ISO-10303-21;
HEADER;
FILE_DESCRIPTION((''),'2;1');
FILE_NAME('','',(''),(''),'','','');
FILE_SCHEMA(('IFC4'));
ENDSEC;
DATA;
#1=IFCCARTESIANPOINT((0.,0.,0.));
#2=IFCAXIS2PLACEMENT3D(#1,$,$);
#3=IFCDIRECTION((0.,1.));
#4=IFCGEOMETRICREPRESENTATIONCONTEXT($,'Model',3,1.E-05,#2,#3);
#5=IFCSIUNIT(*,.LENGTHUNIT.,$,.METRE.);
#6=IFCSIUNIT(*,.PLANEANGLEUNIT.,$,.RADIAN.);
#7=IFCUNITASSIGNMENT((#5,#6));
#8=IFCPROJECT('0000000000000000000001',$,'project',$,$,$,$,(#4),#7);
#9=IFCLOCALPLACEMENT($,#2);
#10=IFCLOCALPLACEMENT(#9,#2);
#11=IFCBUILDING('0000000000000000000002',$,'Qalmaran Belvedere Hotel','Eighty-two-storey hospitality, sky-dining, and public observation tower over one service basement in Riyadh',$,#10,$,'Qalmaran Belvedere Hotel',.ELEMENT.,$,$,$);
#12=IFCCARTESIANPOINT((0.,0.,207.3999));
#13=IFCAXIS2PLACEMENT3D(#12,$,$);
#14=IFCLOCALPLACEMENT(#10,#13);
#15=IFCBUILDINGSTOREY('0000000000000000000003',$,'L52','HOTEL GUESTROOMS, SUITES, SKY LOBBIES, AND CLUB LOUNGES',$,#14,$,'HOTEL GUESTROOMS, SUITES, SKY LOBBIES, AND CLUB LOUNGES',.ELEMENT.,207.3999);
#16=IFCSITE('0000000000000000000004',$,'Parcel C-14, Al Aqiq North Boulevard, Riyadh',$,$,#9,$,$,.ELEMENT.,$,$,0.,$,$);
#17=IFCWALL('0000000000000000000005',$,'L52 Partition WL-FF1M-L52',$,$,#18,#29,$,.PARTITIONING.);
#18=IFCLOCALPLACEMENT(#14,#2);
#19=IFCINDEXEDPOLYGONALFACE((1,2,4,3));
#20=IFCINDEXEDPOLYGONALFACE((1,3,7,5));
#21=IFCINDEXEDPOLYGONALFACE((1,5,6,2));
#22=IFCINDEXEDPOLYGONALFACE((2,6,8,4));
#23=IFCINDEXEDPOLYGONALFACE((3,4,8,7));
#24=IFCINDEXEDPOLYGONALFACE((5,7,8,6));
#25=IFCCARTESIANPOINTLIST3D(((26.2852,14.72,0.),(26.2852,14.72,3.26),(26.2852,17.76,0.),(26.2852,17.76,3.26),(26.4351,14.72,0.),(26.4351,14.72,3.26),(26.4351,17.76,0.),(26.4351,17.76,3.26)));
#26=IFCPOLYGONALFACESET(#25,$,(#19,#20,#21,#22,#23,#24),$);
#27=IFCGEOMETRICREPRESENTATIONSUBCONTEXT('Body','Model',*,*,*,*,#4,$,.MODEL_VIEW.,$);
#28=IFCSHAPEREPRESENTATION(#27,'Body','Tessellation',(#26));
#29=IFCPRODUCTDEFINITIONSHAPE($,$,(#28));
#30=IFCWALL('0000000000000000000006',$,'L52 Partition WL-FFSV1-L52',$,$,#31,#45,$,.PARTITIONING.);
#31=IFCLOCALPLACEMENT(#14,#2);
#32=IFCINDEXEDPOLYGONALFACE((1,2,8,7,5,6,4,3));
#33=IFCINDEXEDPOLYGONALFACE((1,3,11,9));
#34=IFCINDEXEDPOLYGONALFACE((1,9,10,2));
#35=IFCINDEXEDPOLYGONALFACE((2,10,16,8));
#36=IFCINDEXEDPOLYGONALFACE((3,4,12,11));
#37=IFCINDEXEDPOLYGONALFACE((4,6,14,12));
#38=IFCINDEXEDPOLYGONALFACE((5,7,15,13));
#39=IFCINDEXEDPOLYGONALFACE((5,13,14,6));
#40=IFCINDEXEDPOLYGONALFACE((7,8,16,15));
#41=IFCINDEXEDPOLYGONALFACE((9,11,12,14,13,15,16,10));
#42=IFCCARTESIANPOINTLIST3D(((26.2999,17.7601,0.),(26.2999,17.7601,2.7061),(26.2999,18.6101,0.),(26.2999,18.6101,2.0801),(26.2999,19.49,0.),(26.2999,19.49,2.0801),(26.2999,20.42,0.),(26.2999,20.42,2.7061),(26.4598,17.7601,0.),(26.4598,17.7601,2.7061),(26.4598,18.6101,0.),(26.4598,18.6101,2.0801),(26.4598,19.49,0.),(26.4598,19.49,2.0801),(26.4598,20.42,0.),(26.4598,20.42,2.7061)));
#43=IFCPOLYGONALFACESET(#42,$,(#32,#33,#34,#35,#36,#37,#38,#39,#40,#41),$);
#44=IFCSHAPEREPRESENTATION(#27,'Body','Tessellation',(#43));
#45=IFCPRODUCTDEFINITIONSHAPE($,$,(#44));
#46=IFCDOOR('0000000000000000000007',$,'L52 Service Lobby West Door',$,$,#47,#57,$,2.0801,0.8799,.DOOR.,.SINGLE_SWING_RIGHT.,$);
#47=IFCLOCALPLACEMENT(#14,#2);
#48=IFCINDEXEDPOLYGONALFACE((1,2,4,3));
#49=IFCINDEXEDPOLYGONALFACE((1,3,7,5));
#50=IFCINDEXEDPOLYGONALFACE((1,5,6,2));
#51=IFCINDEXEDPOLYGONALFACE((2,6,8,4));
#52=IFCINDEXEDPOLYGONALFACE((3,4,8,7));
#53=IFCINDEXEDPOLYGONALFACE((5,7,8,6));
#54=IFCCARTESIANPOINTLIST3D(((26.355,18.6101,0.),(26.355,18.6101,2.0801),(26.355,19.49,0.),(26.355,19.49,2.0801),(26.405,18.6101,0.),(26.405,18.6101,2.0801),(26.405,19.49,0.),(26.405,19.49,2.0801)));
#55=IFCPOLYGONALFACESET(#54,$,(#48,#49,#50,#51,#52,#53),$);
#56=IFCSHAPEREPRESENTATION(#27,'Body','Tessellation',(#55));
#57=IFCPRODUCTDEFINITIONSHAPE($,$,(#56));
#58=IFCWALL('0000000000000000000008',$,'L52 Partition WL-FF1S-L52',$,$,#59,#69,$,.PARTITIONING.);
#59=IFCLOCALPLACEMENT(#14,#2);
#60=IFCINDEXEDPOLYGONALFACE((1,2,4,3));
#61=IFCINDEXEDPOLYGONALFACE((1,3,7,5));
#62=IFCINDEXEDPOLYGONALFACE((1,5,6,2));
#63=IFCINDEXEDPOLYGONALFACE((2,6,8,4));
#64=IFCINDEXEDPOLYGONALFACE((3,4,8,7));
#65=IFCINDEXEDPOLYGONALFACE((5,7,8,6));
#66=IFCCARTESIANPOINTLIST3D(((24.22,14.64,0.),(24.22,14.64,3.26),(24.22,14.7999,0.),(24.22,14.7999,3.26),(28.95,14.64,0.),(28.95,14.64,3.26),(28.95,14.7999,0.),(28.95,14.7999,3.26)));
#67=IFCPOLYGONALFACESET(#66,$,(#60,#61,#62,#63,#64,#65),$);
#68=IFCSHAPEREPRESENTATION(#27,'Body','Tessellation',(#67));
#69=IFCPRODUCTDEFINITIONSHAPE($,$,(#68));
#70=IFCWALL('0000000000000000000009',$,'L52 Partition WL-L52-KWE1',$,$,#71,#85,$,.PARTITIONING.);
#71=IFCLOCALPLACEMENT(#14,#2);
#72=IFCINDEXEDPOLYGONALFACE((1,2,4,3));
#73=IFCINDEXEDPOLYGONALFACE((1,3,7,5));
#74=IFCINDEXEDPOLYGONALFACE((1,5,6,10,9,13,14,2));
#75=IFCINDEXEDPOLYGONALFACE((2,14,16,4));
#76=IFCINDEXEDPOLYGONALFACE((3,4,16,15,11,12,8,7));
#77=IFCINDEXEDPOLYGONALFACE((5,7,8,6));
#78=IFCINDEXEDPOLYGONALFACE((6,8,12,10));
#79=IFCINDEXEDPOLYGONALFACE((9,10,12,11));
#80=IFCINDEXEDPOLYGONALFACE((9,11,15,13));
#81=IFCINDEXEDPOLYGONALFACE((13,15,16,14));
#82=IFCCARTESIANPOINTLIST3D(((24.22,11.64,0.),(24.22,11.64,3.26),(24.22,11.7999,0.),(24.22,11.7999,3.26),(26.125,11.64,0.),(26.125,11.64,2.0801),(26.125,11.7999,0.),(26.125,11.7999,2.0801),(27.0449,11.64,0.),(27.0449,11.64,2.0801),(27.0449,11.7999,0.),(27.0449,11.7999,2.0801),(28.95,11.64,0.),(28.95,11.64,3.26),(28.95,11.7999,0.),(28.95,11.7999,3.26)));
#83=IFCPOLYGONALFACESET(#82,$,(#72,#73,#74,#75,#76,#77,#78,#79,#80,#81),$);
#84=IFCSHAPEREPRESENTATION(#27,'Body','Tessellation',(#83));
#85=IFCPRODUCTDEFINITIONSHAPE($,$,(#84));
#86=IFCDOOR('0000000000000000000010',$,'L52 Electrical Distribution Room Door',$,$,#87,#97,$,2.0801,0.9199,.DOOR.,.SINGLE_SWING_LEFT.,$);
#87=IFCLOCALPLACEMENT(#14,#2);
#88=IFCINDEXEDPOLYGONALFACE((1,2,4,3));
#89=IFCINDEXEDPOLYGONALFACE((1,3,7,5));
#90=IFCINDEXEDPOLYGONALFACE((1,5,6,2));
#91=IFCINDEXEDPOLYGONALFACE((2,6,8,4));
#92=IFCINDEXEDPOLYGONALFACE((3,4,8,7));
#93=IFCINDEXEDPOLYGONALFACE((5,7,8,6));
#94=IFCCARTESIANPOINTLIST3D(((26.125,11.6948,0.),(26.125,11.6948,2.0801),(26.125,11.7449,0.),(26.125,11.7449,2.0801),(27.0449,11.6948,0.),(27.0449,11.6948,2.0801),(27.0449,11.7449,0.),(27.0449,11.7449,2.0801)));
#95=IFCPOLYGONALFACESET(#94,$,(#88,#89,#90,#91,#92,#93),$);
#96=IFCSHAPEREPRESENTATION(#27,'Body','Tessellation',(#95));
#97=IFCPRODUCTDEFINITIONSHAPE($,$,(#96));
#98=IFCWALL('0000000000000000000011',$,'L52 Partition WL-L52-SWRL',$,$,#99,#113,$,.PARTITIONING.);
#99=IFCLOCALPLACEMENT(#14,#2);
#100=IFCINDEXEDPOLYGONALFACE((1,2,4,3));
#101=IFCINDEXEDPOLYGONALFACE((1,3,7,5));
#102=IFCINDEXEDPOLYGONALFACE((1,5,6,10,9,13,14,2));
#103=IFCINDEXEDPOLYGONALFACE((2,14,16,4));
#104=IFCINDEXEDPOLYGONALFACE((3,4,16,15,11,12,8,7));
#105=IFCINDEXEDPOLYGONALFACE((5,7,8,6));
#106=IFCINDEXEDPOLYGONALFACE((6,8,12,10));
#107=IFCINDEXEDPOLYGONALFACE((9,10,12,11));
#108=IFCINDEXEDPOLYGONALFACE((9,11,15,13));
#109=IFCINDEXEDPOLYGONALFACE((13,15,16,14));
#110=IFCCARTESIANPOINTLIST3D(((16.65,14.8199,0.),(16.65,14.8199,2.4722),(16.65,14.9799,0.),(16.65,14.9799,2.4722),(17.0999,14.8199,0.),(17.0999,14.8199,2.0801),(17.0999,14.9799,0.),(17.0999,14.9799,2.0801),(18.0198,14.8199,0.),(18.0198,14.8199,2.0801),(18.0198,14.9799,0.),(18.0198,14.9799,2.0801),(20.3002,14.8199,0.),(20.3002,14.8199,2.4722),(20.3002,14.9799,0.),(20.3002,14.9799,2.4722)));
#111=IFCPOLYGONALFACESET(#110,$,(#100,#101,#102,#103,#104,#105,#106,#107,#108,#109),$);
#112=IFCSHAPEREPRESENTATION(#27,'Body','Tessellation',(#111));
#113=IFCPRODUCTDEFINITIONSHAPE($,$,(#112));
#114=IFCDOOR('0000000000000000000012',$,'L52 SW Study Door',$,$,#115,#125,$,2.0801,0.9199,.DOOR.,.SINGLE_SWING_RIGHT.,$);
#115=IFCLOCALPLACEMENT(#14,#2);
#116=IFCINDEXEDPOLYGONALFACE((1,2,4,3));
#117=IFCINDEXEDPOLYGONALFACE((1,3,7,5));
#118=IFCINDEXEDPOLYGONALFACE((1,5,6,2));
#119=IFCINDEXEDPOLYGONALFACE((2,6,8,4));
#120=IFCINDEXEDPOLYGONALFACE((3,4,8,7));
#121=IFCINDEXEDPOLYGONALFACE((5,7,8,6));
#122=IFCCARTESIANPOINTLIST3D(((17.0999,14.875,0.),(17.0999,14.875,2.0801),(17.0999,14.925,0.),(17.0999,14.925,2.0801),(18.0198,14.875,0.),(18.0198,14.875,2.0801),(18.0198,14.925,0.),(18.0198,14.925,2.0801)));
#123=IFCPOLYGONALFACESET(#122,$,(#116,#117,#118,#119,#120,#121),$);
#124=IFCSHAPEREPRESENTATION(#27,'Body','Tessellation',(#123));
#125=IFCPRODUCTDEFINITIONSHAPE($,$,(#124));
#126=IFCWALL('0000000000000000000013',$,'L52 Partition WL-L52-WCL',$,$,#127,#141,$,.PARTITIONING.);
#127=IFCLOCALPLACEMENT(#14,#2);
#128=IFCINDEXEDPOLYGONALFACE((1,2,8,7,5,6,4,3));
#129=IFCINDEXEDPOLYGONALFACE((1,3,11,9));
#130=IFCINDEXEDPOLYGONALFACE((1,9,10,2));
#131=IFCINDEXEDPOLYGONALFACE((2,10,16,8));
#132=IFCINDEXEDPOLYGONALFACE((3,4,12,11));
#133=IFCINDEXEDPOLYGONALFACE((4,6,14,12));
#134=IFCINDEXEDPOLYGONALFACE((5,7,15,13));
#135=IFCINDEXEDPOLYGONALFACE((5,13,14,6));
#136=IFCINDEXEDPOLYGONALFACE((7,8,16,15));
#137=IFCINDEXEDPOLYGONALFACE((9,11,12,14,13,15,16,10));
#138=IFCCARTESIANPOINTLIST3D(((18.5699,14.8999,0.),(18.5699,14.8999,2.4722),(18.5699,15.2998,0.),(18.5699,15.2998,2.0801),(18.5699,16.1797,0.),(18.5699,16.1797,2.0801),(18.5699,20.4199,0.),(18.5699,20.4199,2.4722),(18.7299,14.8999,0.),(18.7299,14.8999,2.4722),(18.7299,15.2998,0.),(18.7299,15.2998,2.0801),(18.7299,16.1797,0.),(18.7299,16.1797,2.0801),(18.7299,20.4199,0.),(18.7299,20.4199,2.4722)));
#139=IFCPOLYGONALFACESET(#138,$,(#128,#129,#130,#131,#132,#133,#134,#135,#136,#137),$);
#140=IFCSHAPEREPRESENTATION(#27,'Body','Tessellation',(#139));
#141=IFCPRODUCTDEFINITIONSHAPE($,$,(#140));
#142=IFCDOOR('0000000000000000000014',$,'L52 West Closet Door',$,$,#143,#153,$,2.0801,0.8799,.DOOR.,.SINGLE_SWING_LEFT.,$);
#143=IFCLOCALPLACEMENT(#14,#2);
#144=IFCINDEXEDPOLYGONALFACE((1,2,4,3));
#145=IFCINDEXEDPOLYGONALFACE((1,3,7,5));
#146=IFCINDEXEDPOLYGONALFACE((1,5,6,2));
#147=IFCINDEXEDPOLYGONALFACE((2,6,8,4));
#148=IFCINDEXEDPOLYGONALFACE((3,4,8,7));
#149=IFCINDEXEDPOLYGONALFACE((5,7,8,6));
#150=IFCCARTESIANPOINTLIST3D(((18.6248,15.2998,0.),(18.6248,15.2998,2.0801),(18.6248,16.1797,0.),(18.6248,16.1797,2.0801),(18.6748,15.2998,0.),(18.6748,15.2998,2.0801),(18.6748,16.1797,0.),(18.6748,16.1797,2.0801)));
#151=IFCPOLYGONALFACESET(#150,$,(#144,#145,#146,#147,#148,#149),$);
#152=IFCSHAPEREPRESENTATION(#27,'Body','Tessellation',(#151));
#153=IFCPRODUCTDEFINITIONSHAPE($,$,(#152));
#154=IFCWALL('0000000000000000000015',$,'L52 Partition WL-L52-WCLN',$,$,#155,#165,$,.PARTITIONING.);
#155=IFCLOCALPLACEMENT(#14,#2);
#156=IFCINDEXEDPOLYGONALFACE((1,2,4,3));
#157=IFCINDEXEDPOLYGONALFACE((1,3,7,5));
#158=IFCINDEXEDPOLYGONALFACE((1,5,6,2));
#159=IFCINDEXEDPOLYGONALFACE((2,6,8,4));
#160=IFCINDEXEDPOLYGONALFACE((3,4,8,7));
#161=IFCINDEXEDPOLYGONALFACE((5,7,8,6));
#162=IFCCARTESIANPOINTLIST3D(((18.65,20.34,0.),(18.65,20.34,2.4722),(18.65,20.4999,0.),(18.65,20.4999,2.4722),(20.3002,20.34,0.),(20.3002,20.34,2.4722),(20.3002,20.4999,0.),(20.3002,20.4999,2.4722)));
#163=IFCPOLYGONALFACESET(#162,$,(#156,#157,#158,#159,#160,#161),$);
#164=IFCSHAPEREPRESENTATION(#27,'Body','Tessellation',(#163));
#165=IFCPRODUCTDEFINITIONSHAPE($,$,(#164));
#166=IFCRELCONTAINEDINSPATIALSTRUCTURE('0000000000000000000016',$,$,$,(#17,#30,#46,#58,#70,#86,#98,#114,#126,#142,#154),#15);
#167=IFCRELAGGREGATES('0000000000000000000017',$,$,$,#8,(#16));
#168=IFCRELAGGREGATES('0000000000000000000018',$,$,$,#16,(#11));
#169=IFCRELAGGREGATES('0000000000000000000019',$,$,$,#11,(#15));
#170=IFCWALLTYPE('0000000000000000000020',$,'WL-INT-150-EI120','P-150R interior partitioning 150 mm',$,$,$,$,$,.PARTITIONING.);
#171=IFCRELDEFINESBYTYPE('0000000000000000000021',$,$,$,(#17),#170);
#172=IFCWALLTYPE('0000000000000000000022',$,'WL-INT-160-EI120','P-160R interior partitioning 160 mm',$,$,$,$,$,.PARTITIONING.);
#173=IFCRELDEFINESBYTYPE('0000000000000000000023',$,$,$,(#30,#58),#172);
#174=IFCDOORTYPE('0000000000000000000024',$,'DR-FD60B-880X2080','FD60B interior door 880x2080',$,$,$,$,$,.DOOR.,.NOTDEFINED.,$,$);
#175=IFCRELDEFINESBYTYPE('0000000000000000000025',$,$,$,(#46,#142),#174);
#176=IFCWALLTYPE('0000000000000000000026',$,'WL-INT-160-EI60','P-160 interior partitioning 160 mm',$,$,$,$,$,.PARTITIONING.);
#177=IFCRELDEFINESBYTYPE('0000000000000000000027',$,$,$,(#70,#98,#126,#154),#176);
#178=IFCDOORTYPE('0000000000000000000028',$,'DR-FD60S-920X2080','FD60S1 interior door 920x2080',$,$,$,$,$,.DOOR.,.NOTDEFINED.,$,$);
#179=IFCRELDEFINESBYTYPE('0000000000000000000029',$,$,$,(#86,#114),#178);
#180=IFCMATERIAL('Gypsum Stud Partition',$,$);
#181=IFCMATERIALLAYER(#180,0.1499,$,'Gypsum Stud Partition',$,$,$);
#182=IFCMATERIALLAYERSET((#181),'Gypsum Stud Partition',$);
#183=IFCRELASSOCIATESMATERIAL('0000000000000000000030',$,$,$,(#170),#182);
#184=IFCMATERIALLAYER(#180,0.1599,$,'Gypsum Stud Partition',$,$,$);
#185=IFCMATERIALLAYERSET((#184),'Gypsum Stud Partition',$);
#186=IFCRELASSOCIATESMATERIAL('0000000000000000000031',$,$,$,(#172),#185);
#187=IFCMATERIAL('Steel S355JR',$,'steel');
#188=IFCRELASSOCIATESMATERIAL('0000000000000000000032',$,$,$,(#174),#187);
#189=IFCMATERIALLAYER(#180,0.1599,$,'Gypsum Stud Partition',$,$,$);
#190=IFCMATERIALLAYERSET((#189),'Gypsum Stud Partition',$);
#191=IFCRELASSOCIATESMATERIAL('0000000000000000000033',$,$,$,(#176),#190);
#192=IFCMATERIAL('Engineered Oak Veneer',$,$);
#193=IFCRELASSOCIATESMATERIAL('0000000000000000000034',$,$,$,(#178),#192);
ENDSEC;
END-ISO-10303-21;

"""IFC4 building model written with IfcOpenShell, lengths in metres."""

from ifc_helpers import new_model, si_unit, direction, frame, frame_2d, origin, place, context, subcontext, project, spatial, rectangle, extrude, material, layer, layer_set, type_object, element, fill, save


model = new_model("IFC4")

# Units and contexts
model_context = context("Model", 3, precision=1e-05, world=origin(), true_north=direction((0.0, 1.0)))
body_context = subcontext(model_context, "Body", "Model", "MODEL_VIEW")
ifc_project = project(units=[si_unit("LENGTHUNIT", "METRE"), si_unit("PLANEANGLEUNIT", "RADIAN")], contexts=[model_context])

# Site, building, storey
site_placement = place(None, origin())
site = spatial("IfcSite", under=ifc_project, at=site_placement, Name="Parcel C-14, Al Aqiq North Boulevard, Riyadh", CompositionType="ELEMENT", RefElevation=0.0)
building_placement = place(site_placement, origin())
building = spatial("IfcBuilding", under=site, at=building_placement, Name="Qalmaran Belvedere Hotel", Description="Eighty-two-storey hospitality, sky-dining, and public observation tower over one service basement in Riyadh", LongName="Qalmaran Belvedere Hotel", CompositionType="ELEMENT")
storey_placement = place(building_placement, frame((0.0, 0.0, 207.3999)))
storey = spatial("IfcBuildingStorey", under=building, at=storey_placement, Name="L52", Description="HOTEL GUESTROOMS, SUITES, SKY LOBBIES, AND CLUB LOUNGES", LongName="HOTEL GUESTROOMS, SUITES, SKY LOBBIES, AND CLUB LOUNGES", CompositionType="ELEMENT", Elevation=207.3999)

# Wall
ifc_material_1 = material(Name="Gypsum Stud Partition")
ifc_layer_1 = layer(ifc_material_1, 0.1499, Name="Gypsum Stud Partition")
ifc_layer_set_1 = layer_set([ifc_layer_1], Name="Gypsum Stud Partition")
wall_type_1 = type_object("IfcWallType", Name="WL-INT-150-EI120", Description="P-150R interior partitioning 150 mm", PredefinedType="PARTITIONING", material=ifc_layer_set_1)
wall_1_placement = place(storey_placement, frame((26.3601, 14.72, 0.0), z_axis=(0.0, 0.0, 1.0), x_axis=(0.0, 1.0, 0.0)))
element("IfcWall", 1, at=wall_1_placement, inside=storey, type_object=wall_type_1, Name="L52 Partition WL-FF1M-L52", PredefinedType="PARTITIONING", context=body_context, shape_type="SweptSolid", body=[
    extrude(rectangle(XDim=3.04, YDim=0.1499, at=frame_2d((1.52, 0.0))), origin(), (0.0, 0.0, 1.0), 3.26),
])

# Wall, opening, door
ifc_layer_2 = layer(ifc_material_1, 0.1599, Name="Gypsum Stud Partition")
ifc_layer_set_2 = layer_set([ifc_layer_2], Name="Gypsum Stud Partition")
wall_type_2 = type_object("IfcWallType", Name="WL-INT-160-EI120", Description="P-160R interior partitioning 160 mm", PredefinedType="PARTITIONING", material=ifc_layer_set_2)
wall_2_placement = place(storey_placement, frame((26.3799, 17.76, 0.0), z_axis=(0.0, 0.0, 1.0), x_axis=(0.0, 1.0, 0.0)))
wall_2 = element("IfcWall", 2, at=wall_2_placement, inside=storey, type_object=wall_type_2, Name="L52 Partition WL-FFSV1-L52", PredefinedType="PARTITIONING", context=body_context, shape_type="SweptSolid", body=[
    extrude(rectangle(XDim=2.6599, YDim=0.1599, at=frame_2d((1.3301, 0.0))), origin(), (0.0, 0.0, 1.0), 2.7061),
])
opening_1_placement = place(wall_2_placement, frame((0.8501, 0.0, 0.0)))
opening_1 = element("IfcOpeningElement", 3, at=opening_1_placement, cuts=wall_2, PredefinedType="OPENING", context=body_context, shape_type="SweptSolid", body=[
    extrude(rectangle(XDim=0.8799, YDim=2.0801, at=frame_2d((0.4399, 1.04))), frame((0.0, 0.0898, 0.0), z_axis=(0.0, -1.0, 0.0), x_axis=(1.0, 0.0, 0.0)), (0.0, 0.0, 1.0), 0.1799),
])
ifc_material_2 = material(Name="Steel S355JR", Category="steel")
door_type_1 = type_object("IfcDoorType", Name="DR-FD60B-880X2080", Description="FD60B interior door 880x2080", OperationType="NOTDEFINED", PredefinedType="DOOR", material=ifc_material_2)
door_1_placement = place(opening_1_placement, origin())
door_1 = element("IfcDoor", 4, at=door_1_placement, inside=storey, type_object=door_type_1, Name="L52 Service Lobby West Door", OperationType="SINGLE_SWING_RIGHT", OverallHeight=2.0801, OverallWidth=0.8799, PredefinedType="DOOR", context=body_context, shape_type="SweptSolid", body=[
    extrude(rectangle(XDim=0.8799, YDim=2.0801, at=frame_2d((0.4399, 1.04))), frame((0.0, 0.0249, 0.0), z_axis=(0.0, -1.0, 0.0), x_axis=(1.0, 0.0, 0.0)), (0.0, 0.0, 1.0), 0.05),
])
fill(opening_1, door_1)

# Wall
wall_3_placement = place(storey_placement, frame((24.22, 14.72, 0.0), z_axis=(0.0, 0.0, 1.0), x_axis=(1.0, 0.0, 0.0)))
element("IfcWall", 5, at=wall_3_placement, inside=storey, type_object=wall_type_2, Name="L52 Partition WL-FF1S-L52", PredefinedType="PARTITIONING", context=body_context, shape_type="SweptSolid", body=[
    extrude(rectangle(XDim=4.73, YDim=0.1599, at=frame_2d((2.365, 0.0))), origin(), (0.0, 0.0, 1.0), 3.26),
])

# Walls, openings, doors
ifc_layer_3 = layer(ifc_material_1, 0.1599, Name="Gypsum Stud Partition")
ifc_layer_set_3 = layer_set([ifc_layer_3], Name="Gypsum Stud Partition")
wall_type_3 = type_object("IfcWallType", Name="WL-INT-160-EI60", Description="P-160 interior partitioning 160 mm", PredefinedType="PARTITIONING", material=ifc_layer_set_3)
wall_4_placement = place(storey_placement, frame((24.22, 11.72, 0.0), z_axis=(0.0, 0.0, 1.0), x_axis=(1.0, 0.0, 0.0)))
wall_4 = element("IfcWall", 6, at=wall_4_placement, inside=storey, type_object=wall_type_3, Name="L52 Partition WL-L52-KWE1", PredefinedType="PARTITIONING", context=body_context, shape_type="SweptSolid", body=[
    extrude(rectangle(XDim=4.73, YDim=0.1599, at=frame_2d((2.365, 0.0))), origin(), (0.0, 0.0, 1.0), 3.26),
])
opening_2_placement = place(wall_4_placement, frame((1.905, 0.0, 0.0)))
opening_2 = element("IfcOpeningElement", 7, at=opening_2_placement, cuts=wall_4, PredefinedType="OPENING", context=body_context, shape_type="SweptSolid", body=[
    extrude(rectangle(XDim=0.9199, YDim=2.0801, at=frame_2d((0.46, 1.04))), frame((0.0, 0.0898, 0.0), z_axis=(0.0, -1.0, 0.0), x_axis=(1.0, 0.0, 0.0)), (0.0, 0.0, 1.0), 0.1799),
])
ifc_material_3 = material(Name="Engineered Oak Veneer")
door_type_2 = type_object("IfcDoorType", Name="DR-FD60S-920X2080", Description="FD60S1 interior door 920x2080", OperationType="NOTDEFINED", PredefinedType="DOOR", material=ifc_material_3)
door_2_placement = place(opening_2_placement, origin())
door_2 = element("IfcDoor", 8, at=door_2_placement, inside=storey, type_object=door_type_2, Name="L52 Electrical Distribution Room Door", OperationType="SINGLE_SWING_LEFT", OverallHeight=2.0801, OverallWidth=0.9199, PredefinedType="DOOR", context=body_context, shape_type="SweptSolid", body=[
    extrude(rectangle(XDim=0.9199, YDim=2.0801, at=frame_2d((0.46, 1.04))), frame((0.0, 0.0249, 0.0), z_axis=(0.0, -1.0, 0.0), x_axis=(1.0, 0.0, 0.0)), (0.0, 0.0, 1.0), 0.05),
])
fill(opening_2, door_2)
wall_5_placement = place(storey_placement, frame((16.6499, 14.8999, 0.0), z_axis=(0.0, 0.0, 1.0), x_axis=(1.0, 0.0, 0.0)))
wall_5 = element("IfcWall", 9, at=wall_5_placement, inside=storey, type_object=wall_type_3, Name="L52 Partition WL-L52-SWRL", PredefinedType="PARTITIONING", context=body_context, shape_type="SweptSolid", body=[
    extrude(rectangle(XDim=3.6501, YDim=0.1599, at=frame_2d((1.8252, 0.0))), origin(), (0.0, 0.0, 1.0), 2.4722),
])
opening_3_placement = place(wall_5_placement, frame((1.3699, 0.0, 0.0), z_axis=(0.0, 0.0, 1.0), x_axis=(-1.0, 0.0, 0.0)))
opening_3 = element("IfcOpeningElement", 10, at=opening_3_placement, cuts=wall_5, PredefinedType="OPENING", context=body_context, shape_type="SweptSolid", body=[
    extrude(rectangle(XDim=0.9199, YDim=2.0801, at=frame_2d((0.46, 1.04))), frame((0.0, 0.0898, 0.0), z_axis=(0.0, -1.0, 0.0), x_axis=(1.0, 0.0, 0.0)), (0.0, 0.0, 1.0), 0.1799),
])
door_3_placement = place(opening_3_placement, origin())
door_3 = element("IfcDoor", 11, at=door_3_placement, inside=storey, type_object=door_type_2, Name="L52 SW Study Door", OperationType="SINGLE_SWING_RIGHT", OverallHeight=2.0801, OverallWidth=0.9199, PredefinedType="DOOR", context=body_context, shape_type="SweptSolid", body=[
    extrude(rectangle(XDim=0.9199, YDim=2.0801, at=frame_2d((0.46, 1.04))), frame((0.0, 0.0249, 0.0), z_axis=(0.0, -1.0, 0.0), x_axis=(1.0, 0.0, 0.0)), (0.0, 0.0, 1.0), 0.05),
])
fill(opening_3, door_3)
wall_6_placement = place(storey_placement, frame((18.6499, 14.8999, 0.0), z_axis=(0.0, 0.0, 1.0), x_axis=(0.0, 1.0, 0.0)))
wall_6 = element("IfcWall", 12, at=wall_6_placement, inside=storey, type_object=wall_type_3, Name="L52 Partition WL-L52-WCL", PredefinedType="PARTITIONING", context=body_context, shape_type="SweptSolid", body=[
    extrude(rectangle(XDim=5.52, YDim=0.1599, at=frame_2d((2.76, 0.0))), origin(), (0.0, 0.0, 1.0), 2.4722),
])
opening_4_placement = place(wall_6_placement, frame((1.2798, 0.0, 0.0), z_axis=(0.0, 0.0, 1.0), x_axis=(-1.0, 0.0, 0.0)))
opening_4 = element("IfcOpeningElement", 13, at=opening_4_placement, cuts=wall_6, PredefinedType="OPENING", context=body_context, shape_type="SweptSolid", body=[
    extrude(rectangle(XDim=0.8799, YDim=2.0801, at=frame_2d((0.4399, 1.04))), frame((0.0, 0.0898, 0.0), z_axis=(0.0, -1.0, 0.0), x_axis=(1.0, 0.0, 0.0)), (0.0, 0.0, 1.0), 0.1799),
])
door_4_placement = place(opening_4_placement, origin())
door_4 = element("IfcDoor", 14, at=door_4_placement, inside=storey, type_object=door_type_1, Name="L52 West Closet Door", OperationType="SINGLE_SWING_LEFT", OverallHeight=2.0801, OverallWidth=0.8799, PredefinedType="DOOR", context=body_context, shape_type="SweptSolid", body=[
    extrude(rectangle(XDim=0.8799, YDim=2.0801, at=frame_2d((0.4399, 1.04))), frame((0.0, 0.0249, 0.0), z_axis=(0.0, -1.0, 0.0), x_axis=(1.0, 0.0, 0.0)), (0.0, 0.0, 1.0), 0.05),
])
fill(opening_4, door_4)

# Wall
wall_7_placement = place(storey_placement, frame((18.6499, 20.4199, 0.0), z_axis=(0.0, 0.0, 1.0), x_axis=(1.0, 0.0, 0.0)))
element("IfcWall", 15, at=wall_7_placement, inside=storey, type_object=wall_type_3, Name="L52 Partition WL-L52-WCLN", PredefinedType="PARTITIONING", context=body_context, shape_type="SweptSolid", body=[
    extrude(rectangle(XDim=1.6501, YDim=0.1599, at=frame_2d((0.8252, 0.0))), origin(), (0.0, 0.0, 1.0), 2.4722),
])

save(model, "model.ifc")
